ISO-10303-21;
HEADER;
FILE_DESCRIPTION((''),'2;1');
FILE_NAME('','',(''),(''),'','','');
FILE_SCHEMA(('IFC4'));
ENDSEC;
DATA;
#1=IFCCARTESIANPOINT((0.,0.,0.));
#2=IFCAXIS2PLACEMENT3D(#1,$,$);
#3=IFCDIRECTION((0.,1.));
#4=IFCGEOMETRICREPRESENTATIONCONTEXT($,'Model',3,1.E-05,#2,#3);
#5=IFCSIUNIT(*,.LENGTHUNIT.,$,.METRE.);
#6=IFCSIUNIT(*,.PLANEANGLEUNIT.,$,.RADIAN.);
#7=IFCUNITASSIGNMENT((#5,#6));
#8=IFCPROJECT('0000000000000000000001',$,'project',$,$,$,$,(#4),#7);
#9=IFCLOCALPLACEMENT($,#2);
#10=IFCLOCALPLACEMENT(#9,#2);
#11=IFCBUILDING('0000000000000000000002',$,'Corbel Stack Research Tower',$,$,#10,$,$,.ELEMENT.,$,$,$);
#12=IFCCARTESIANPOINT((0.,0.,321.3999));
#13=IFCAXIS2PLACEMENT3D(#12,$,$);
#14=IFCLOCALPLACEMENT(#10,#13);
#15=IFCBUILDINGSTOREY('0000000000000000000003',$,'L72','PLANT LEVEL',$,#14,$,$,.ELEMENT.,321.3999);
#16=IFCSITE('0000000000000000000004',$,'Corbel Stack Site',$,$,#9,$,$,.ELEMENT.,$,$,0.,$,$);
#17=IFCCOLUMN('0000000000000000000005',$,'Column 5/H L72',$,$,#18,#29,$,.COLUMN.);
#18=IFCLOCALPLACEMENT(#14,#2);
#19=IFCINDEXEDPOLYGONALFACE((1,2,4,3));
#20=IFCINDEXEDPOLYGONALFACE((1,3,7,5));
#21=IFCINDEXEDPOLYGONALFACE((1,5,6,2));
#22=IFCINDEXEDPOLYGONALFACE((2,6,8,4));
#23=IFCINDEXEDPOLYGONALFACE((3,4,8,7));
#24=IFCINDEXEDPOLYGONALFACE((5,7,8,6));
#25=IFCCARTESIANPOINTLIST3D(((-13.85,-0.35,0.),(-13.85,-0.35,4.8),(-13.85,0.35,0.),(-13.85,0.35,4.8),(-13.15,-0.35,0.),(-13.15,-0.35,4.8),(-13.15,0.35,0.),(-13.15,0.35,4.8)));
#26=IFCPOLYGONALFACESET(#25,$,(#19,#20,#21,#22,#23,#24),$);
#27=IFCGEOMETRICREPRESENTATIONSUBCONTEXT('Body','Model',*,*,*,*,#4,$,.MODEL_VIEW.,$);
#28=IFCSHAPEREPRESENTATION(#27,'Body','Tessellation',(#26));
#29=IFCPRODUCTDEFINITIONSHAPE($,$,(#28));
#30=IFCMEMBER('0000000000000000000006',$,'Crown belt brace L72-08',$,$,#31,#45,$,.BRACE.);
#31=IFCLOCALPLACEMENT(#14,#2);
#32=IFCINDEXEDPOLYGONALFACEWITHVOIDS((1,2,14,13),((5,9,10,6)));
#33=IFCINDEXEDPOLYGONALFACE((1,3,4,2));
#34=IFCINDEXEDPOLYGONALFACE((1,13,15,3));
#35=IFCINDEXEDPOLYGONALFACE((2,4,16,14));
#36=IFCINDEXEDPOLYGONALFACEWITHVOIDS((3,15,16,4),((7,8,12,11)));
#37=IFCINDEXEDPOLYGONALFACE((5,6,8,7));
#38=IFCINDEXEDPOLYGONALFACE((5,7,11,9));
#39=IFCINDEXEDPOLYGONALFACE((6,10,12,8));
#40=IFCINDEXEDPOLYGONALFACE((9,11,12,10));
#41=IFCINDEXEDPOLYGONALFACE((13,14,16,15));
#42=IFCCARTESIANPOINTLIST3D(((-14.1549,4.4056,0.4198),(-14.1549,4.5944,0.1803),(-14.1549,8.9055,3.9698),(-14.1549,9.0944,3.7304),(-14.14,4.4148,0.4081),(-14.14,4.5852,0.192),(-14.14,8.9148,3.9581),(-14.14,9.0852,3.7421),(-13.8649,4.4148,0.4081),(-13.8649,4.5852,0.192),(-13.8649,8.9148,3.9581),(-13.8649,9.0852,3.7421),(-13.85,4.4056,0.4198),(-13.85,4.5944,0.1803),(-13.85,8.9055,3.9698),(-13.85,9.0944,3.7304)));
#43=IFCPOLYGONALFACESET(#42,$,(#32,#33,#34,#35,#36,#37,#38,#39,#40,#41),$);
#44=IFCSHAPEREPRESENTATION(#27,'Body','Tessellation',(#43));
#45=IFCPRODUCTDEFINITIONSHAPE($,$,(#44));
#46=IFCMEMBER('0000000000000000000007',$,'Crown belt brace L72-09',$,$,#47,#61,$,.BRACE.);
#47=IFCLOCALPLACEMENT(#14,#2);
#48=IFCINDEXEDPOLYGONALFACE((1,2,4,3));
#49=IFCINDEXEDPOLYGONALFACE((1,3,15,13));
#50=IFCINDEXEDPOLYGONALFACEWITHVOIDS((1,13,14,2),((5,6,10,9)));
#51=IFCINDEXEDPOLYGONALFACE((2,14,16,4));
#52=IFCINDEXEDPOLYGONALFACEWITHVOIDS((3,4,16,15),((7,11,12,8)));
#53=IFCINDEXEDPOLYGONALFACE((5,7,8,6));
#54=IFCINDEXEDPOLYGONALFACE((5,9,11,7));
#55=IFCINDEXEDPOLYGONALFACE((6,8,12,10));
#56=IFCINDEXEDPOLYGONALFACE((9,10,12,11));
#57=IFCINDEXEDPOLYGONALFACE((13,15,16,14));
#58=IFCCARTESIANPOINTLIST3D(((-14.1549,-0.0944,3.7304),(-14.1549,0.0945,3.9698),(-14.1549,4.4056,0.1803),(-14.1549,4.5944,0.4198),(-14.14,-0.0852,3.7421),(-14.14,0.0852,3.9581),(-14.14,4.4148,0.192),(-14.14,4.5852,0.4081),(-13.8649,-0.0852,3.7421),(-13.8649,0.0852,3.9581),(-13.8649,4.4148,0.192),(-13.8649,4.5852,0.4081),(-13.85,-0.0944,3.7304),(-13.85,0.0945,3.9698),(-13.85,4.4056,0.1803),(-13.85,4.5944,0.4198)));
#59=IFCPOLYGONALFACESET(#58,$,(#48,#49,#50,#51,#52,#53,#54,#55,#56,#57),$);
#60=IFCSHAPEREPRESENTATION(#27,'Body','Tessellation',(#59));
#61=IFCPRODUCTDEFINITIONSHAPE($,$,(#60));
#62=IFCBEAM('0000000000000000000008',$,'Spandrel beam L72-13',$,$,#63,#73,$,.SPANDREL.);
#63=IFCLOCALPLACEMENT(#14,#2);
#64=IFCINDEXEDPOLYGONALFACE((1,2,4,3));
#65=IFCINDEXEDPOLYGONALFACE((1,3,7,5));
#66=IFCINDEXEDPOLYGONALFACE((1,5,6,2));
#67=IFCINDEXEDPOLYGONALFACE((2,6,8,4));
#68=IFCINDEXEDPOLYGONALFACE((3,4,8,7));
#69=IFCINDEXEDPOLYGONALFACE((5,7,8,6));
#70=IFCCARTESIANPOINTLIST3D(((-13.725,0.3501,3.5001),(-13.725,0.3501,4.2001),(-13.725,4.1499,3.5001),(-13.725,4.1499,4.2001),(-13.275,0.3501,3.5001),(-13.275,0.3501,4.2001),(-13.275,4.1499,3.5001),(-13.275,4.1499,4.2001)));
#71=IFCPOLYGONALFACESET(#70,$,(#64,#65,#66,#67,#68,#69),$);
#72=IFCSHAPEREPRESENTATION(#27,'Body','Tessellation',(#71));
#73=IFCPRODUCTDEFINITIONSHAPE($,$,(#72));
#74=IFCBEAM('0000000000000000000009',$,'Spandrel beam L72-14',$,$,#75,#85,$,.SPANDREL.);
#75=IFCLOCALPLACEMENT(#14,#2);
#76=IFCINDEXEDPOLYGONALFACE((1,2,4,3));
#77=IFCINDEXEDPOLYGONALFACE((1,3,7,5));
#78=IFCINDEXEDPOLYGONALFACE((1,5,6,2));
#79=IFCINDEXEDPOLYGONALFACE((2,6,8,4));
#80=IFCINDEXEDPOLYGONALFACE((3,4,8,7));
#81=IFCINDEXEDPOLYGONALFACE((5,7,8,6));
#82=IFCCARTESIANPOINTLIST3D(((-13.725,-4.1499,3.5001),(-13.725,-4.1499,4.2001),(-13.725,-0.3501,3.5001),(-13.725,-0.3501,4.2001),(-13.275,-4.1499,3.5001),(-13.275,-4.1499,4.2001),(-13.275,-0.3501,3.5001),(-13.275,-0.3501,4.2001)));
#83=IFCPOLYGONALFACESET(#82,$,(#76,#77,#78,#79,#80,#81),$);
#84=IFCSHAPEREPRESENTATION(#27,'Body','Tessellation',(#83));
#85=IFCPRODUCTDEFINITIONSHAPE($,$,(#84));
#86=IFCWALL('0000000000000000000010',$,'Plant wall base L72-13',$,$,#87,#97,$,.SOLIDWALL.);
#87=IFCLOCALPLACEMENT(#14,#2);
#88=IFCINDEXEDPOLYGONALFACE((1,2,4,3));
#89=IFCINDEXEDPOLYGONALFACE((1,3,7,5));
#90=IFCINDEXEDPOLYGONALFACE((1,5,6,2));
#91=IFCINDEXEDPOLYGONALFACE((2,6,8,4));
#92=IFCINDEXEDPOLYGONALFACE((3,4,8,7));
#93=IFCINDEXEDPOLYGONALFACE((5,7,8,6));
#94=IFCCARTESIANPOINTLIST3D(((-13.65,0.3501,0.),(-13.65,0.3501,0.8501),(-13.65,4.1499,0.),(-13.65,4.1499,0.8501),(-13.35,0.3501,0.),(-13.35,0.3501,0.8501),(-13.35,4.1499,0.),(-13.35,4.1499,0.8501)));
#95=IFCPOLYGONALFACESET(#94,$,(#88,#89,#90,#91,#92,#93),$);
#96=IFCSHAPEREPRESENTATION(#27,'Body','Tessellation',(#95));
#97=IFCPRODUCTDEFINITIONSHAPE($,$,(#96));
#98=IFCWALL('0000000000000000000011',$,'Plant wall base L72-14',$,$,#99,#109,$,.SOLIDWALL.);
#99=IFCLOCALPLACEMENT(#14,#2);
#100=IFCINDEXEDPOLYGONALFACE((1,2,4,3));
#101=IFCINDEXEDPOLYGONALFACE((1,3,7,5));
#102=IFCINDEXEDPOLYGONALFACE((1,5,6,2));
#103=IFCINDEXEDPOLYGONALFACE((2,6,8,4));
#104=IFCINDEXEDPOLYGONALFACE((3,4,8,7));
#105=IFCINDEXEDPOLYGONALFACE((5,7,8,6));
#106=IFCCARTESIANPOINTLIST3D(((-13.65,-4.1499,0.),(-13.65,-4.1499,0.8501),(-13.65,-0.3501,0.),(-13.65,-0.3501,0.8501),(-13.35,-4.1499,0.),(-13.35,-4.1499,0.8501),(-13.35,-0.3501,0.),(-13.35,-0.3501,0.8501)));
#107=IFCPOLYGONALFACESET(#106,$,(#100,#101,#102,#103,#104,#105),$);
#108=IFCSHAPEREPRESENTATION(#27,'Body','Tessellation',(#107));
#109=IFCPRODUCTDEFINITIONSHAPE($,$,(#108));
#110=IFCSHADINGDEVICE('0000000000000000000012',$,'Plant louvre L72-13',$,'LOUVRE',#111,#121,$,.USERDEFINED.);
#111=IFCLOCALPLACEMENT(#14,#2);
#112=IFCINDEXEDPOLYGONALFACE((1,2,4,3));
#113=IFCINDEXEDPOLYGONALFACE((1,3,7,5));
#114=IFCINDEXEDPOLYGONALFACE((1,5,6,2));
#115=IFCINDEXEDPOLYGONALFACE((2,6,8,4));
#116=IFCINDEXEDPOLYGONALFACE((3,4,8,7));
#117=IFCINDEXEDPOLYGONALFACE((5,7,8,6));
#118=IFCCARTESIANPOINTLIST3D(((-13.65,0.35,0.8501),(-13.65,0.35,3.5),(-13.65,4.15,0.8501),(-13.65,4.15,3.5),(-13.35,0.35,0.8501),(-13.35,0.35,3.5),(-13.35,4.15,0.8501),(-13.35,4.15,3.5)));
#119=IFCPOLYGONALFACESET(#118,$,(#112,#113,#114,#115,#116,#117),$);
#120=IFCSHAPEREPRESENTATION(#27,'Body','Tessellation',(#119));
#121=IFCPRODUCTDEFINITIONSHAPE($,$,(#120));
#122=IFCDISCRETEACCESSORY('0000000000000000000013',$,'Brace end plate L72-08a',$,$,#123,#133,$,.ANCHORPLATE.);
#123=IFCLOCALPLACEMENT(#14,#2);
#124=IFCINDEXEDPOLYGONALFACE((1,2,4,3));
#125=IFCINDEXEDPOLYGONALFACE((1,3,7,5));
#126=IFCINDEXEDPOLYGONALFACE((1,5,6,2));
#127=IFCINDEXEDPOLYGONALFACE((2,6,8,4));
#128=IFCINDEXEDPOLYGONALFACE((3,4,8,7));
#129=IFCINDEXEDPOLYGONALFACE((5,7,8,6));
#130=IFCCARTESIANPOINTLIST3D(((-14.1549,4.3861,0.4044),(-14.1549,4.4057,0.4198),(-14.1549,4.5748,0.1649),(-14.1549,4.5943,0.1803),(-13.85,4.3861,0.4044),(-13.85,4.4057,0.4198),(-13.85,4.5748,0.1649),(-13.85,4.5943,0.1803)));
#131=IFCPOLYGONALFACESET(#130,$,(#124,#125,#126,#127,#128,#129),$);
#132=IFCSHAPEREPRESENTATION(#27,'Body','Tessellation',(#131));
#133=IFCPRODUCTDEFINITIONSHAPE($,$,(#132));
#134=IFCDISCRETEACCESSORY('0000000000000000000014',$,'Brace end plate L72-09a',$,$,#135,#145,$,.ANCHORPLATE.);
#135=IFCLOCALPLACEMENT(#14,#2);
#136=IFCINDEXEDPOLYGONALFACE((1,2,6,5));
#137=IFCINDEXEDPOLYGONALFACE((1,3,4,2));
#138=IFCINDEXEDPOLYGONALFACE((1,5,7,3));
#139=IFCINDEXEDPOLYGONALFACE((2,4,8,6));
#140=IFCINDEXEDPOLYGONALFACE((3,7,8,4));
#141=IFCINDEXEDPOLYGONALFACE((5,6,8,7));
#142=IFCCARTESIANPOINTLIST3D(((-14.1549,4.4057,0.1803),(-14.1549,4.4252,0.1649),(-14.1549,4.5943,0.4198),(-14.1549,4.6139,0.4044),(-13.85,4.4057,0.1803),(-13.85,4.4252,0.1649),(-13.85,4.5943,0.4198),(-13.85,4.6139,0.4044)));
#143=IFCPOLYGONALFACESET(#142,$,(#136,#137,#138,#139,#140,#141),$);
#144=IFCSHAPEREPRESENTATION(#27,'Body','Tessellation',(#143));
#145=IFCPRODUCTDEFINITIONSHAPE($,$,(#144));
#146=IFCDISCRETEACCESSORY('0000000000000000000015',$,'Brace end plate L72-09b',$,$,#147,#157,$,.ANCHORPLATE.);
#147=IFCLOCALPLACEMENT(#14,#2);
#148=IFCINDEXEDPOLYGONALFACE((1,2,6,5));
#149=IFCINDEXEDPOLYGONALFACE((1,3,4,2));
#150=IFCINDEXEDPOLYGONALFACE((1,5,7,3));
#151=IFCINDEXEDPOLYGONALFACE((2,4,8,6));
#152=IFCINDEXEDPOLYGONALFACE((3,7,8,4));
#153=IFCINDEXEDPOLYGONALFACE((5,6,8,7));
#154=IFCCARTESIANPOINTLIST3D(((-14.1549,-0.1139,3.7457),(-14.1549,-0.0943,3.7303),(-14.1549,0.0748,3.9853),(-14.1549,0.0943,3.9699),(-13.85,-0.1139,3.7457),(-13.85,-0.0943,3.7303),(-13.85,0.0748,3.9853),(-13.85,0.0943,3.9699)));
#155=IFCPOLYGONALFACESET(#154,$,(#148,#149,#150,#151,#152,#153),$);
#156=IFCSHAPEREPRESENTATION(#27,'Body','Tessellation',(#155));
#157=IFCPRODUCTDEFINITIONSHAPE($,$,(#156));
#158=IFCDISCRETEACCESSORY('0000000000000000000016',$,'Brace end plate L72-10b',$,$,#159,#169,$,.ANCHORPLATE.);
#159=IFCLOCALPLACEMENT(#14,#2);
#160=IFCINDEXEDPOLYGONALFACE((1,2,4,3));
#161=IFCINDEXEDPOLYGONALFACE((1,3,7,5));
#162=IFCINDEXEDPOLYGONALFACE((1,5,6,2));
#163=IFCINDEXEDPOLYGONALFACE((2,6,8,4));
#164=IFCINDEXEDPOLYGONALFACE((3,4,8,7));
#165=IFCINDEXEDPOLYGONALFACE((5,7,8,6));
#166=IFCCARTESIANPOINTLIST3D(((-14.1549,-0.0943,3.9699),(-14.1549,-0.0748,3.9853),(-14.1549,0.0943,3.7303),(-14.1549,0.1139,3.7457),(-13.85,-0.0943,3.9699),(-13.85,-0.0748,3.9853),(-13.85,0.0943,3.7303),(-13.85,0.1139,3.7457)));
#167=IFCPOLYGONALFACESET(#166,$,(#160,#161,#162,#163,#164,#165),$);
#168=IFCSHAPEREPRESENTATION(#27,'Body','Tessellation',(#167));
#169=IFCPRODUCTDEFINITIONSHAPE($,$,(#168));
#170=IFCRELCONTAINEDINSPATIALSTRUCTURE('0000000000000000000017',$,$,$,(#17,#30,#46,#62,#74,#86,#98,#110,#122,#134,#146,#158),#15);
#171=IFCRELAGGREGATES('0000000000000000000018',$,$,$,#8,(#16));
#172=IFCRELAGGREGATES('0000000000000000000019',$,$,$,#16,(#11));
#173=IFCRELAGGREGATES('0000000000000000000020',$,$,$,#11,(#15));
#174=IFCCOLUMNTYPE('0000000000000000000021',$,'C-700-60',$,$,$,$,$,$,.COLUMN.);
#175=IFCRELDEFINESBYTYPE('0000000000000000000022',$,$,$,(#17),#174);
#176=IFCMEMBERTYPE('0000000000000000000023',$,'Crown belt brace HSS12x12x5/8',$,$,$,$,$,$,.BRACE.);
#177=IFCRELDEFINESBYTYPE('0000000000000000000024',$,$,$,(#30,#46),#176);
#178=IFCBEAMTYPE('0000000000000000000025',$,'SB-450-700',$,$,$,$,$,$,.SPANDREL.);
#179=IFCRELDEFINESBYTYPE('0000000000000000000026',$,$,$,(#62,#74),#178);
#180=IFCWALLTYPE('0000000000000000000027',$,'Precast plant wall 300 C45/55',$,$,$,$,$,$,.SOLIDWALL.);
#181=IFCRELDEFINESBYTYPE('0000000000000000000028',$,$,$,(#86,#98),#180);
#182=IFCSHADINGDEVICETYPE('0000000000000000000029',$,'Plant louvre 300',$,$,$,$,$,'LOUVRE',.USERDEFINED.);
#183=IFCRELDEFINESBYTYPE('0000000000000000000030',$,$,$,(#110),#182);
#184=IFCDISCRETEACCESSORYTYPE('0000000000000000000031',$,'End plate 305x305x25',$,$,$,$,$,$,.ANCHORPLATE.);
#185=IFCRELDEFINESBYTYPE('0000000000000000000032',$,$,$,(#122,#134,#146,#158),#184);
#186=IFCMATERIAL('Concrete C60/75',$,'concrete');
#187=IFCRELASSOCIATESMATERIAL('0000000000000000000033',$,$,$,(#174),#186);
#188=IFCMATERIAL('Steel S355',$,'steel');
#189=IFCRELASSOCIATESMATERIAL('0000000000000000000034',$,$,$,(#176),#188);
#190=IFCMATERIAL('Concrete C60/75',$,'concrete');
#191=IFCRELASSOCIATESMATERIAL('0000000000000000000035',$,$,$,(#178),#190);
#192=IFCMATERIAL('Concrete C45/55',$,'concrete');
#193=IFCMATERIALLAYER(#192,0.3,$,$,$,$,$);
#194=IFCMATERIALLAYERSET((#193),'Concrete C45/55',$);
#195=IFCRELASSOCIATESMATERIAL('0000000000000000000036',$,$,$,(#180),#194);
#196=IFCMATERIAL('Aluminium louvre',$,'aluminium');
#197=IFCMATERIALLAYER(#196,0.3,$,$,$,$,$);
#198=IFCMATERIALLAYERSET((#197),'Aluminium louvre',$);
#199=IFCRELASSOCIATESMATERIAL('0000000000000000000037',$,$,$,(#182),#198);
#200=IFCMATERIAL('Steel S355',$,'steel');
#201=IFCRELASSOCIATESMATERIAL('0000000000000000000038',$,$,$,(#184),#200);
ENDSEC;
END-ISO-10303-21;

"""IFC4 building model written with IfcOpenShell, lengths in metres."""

from ifc_helpers import new_model, si_unit, direction, frame, frame_2d, origin, origin_2d, place, context, subcontext, project, spatial, rectangle, hollow_rectangle, extrude, material, layer, layer_set, material_profile, profile_set, type_object, element, save


model = new_model("IFC4")

# Units and contexts
model_context = context("Model", 3, precision=1e-05, world=origin(), true_north=direction((0.0, 1.0)))
body_context = subcontext(model_context, "Body", "Model", "MODEL_VIEW")
ifc_project = project(units=[si_unit("LENGTHUNIT", "METRE"), si_unit("PLANEANGLEUNIT", "RADIAN")], contexts=[model_context])

# Site, building, storey
site_placement = place(None, origin())
site = spatial("IfcSite", under=ifc_project, at=site_placement, Name="Corbel Stack Site", CompositionType="ELEMENT", RefElevation=0.0)
building_placement = place(site_placement, origin())
building = spatial("IfcBuilding", under=site, at=building_placement, Name="Corbel Stack Research Tower", CompositionType="ELEMENT")
storey_placement = place(building_placement, frame((0.0, 0.0, 321.3999)))
storey = spatial("IfcBuildingStorey", under=building, at=storey_placement, Name="L72", Description="PLANT LEVEL", CompositionType="ELEMENT", Elevation=321.3999)

# Column
ifc_material_1 = material(Name="Concrete C60/75", Category="concrete")
ifc_material_profile_1 = material_profile(ifc_material_1, rectangle(XDim=0.7, YDim=0.7, at=origin_2d()), Name="RC 700 x 700")
ifc_profile_set_1 = profile_set([ifc_material_profile_1], Name="Concrete C60/75")
column_type = type_object("IfcColumnType", Name="C-700-60", PredefinedType="COLUMN", material=ifc_profile_set_1)
column_placement = place(storey_placement, frame((-13.5, 0.0, 0.0), z_axis=(0.0, 0.0, 1.0), x_axis=(1.0, 0.0, 0.0)))
element("IfcColumn", 1, at=column_placement, inside=storey, type_object=column_type, Name="Column 5/H L72", PredefinedType="COLUMN", context=body_context, shape_type="SweptSolid", body=[
    extrude(rectangle(XDim=0.7, YDim=0.7, at=origin_2d()), origin(), (0.0, 0.0, 1.0), 4.8),
])

# Members
ifc_material_2 = material(Name="Steel S355", Category="steel")
ifc_material_profile_2 = material_profile(ifc_material_2, hollow_rectangle(XDim=0.3049, YDim=0.3049, WallThickness=0.0149, at=origin_2d()), Name="HSS12x12x5/8")
ifc_profile_set_2 = profile_set([ifc_material_profile_2], Name="Steel S355")
member_type = type_object("IfcMemberType", Name="Crown belt brace HSS12x12x5/8", PredefinedType="BRACE", material=ifc_profile_set_2)
for number, where, z_axis, x_axis, name in (
    (2, (-14.0024, 4.5, 0.3), (0.0, 0.785102, 0.619367), (-1.0, 0.0, 0.0), "Crown belt brace L72-08"),
    (3, (-14.0024, 4.5, 0.3), (0.0, -0.785102, 0.619367), (1.0, 0.0, 0.0), "Crown belt brace L72-09"),
):
    element("IfcMember", number, at=place(storey_placement, frame(where, z_axis=z_axis, x_axis=x_axis)), inside=storey, type_object=member_type, Name=name, PredefinedType="BRACE", context=body_context, shape_type="SweptSolid", body=[
        extrude(hollow_rectangle(XDim=0.3049, YDim=0.3049, WallThickness=0.0149, at=origin_2d()), origin(), (0.0, 0.0, 1.0), 5.7317),
    ])

# Beams
ifc_material_3 = material(Name="Concrete C60/75", Category="concrete")
ifc_material_profile_3 = material_profile(ifc_material_3, rectangle(XDim=0.45, YDim=0.7, at=origin_2d()), Name="RC 450 x 700")
ifc_profile_set_3 = profile_set([ifc_material_profile_3], Name="Concrete C60/75")
beam_type = type_object("IfcBeamType", Name="SB-450-700", PredefinedType="SPANDREL", material=ifc_profile_set_3)
for number, where, z_axis, x_axis, name in (
    (4, (-13.5, 4.1499, 3.8501), (0.0, -1.0, 0.0), (1.0, 0.0, 0.0), "Spandrel beam L72-13"),
    (5, (-13.5, -0.3501, 3.8501), (0.0, -1.0, 0.0), (1.0, 0.0, 0.0), "Spandrel beam L72-14"),
):
    element("IfcBeam", number, at=place(storey_placement, frame(where, z_axis=z_axis, x_axis=x_axis)), inside=storey, type_object=beam_type, Name=name, PredefinedType="SPANDREL", context=body_context, shape_type="SweptSolid", body=[
        extrude(rectangle(XDim=0.45, YDim=0.7, at=origin_2d()), origin(), (0.0, 0.0, 1.0), 3.7998),
    ])

# Walls
ifc_material_4 = material(Name="Concrete C45/55", Category="concrete")
ifc_layer_1 = layer(ifc_material_4, 0.3)
ifc_layer_set_1 = layer_set([ifc_layer_1], Name="Concrete C45/55")
wall_type = type_object("IfcWallType", Name="Precast plant wall 300 C45/55", PredefinedType="SOLIDWALL", material=ifc_layer_set_1)
for number, where, z_axis, x_axis, name in (
    (6, (-13.5, 4.1499, 0.0), (0.0, 0.0, 1.0), (0.0, -1.0, 0.0), "Plant wall base L72-13"),
    (7, (-13.5, -0.3501, 0.0), (0.0, 0.0, 1.0), (0.0, -1.0, 0.0), "Plant wall base L72-14"),
):
    element("IfcWall", number, at=place(storey_placement, frame(where, z_axis=z_axis, x_axis=x_axis)), inside=storey, type_object=wall_type, Name=name, PredefinedType="SOLIDWALL", context=body_context, shape_type="SweptSolid", body=[
        extrude(rectangle(XDim=3.7998, YDim=0.3, at=frame_2d((1.8999, 0.0))), origin(), (0.0, 0.0, 1.0), 0.8501),
    ])

# Shading device
ifc_material_5 = material(Name="Aluminium louvre", Category="aluminium")
ifc_layer_2 = layer(ifc_material_5, 0.3)
ifc_layer_set_2 = layer_set([ifc_layer_2], Name="Aluminium louvre")
shading_device_type = type_object("IfcShadingDeviceType", Name="Plant louvre 300", ElementType="LOUVRE", PredefinedType="USERDEFINED", material=ifc_layer_set_2)
shading_device_placement = place(storey_placement, frame((-13.5, 2.25, 0.8501), z_axis=(0.0, 0.0, 1.0), x_axis=(0.0, -1.0, 0.0)))
element("IfcShadingDevice", 8, at=shading_device_placement, inside=storey, type_object=shading_device_type, Name="Plant louvre L72-13", ObjectType="LOUVRE", PredefinedType="USERDEFINED", context=body_context, shape_type="SweptSolid", body=[
    extrude(rectangle(XDim=3.8, YDim=0.3, at=origin_2d()), origin(), (0.0, 0.0, 1.0), 2.6499),
])

# Discrete accessories
ifc_material_6 = material(Name="Steel S355", Category="steel")
ifc_material_profile_4 = material_profile(ifc_material_6, rectangle(XDim=0.3049, YDim=0.3049, at=origin_2d()), Name="End plate 305x305x25")
ifc_profile_set_4 = profile_set([ifc_material_profile_4], Name="Steel S355")
discrete_accessory_type = type_object("IfcDiscreteAccessoryType", Name="End plate 305x305x25", PredefinedType="ANCHORPLATE", material=ifc_profile_set_4)
for number, where, z_axis, x_axis, name in (
    (9, (-14.0024, 4.5, 0.3), (0.0, -0.785636, -0.618689), (1.0, 0.0, 0.0), "Brace end plate L72-08a"),
    (10, (-14.0024, 4.5, 0.3), (0.0, 0.785636, -0.618689), (-1.0, 0.0, 0.0), "Brace end plate L72-09a"),
    (11, (-14.0024, 0.0, 3.8501), (0.0, -0.785636, 0.618689), (1.0, 0.0, 0.0), "Brace end plate L72-09b"),
    (12, (-14.0024, 0.0, 3.8501), (0.0, 0.785636, 0.618689), (-1.0, 0.0, 0.0), "Brace end plate L72-10b"),
):
    element("IfcDiscreteAccessory", number, at=place(storey_placement, frame(where, z_axis=z_axis, x_axis=x_axis)), inside=storey, type_object=discrete_accessory_type, Name=name, PredefinedType="ANCHORPLATE", context=body_context, shape_type="SweptSolid", body=[
        extrude(rectangle(XDim=0.3049, YDim=0.3049, at=origin_2d()), origin(), (0.0, 0.0, 1.0), 0.0249),
    ])

save(model, "model.ifc")
